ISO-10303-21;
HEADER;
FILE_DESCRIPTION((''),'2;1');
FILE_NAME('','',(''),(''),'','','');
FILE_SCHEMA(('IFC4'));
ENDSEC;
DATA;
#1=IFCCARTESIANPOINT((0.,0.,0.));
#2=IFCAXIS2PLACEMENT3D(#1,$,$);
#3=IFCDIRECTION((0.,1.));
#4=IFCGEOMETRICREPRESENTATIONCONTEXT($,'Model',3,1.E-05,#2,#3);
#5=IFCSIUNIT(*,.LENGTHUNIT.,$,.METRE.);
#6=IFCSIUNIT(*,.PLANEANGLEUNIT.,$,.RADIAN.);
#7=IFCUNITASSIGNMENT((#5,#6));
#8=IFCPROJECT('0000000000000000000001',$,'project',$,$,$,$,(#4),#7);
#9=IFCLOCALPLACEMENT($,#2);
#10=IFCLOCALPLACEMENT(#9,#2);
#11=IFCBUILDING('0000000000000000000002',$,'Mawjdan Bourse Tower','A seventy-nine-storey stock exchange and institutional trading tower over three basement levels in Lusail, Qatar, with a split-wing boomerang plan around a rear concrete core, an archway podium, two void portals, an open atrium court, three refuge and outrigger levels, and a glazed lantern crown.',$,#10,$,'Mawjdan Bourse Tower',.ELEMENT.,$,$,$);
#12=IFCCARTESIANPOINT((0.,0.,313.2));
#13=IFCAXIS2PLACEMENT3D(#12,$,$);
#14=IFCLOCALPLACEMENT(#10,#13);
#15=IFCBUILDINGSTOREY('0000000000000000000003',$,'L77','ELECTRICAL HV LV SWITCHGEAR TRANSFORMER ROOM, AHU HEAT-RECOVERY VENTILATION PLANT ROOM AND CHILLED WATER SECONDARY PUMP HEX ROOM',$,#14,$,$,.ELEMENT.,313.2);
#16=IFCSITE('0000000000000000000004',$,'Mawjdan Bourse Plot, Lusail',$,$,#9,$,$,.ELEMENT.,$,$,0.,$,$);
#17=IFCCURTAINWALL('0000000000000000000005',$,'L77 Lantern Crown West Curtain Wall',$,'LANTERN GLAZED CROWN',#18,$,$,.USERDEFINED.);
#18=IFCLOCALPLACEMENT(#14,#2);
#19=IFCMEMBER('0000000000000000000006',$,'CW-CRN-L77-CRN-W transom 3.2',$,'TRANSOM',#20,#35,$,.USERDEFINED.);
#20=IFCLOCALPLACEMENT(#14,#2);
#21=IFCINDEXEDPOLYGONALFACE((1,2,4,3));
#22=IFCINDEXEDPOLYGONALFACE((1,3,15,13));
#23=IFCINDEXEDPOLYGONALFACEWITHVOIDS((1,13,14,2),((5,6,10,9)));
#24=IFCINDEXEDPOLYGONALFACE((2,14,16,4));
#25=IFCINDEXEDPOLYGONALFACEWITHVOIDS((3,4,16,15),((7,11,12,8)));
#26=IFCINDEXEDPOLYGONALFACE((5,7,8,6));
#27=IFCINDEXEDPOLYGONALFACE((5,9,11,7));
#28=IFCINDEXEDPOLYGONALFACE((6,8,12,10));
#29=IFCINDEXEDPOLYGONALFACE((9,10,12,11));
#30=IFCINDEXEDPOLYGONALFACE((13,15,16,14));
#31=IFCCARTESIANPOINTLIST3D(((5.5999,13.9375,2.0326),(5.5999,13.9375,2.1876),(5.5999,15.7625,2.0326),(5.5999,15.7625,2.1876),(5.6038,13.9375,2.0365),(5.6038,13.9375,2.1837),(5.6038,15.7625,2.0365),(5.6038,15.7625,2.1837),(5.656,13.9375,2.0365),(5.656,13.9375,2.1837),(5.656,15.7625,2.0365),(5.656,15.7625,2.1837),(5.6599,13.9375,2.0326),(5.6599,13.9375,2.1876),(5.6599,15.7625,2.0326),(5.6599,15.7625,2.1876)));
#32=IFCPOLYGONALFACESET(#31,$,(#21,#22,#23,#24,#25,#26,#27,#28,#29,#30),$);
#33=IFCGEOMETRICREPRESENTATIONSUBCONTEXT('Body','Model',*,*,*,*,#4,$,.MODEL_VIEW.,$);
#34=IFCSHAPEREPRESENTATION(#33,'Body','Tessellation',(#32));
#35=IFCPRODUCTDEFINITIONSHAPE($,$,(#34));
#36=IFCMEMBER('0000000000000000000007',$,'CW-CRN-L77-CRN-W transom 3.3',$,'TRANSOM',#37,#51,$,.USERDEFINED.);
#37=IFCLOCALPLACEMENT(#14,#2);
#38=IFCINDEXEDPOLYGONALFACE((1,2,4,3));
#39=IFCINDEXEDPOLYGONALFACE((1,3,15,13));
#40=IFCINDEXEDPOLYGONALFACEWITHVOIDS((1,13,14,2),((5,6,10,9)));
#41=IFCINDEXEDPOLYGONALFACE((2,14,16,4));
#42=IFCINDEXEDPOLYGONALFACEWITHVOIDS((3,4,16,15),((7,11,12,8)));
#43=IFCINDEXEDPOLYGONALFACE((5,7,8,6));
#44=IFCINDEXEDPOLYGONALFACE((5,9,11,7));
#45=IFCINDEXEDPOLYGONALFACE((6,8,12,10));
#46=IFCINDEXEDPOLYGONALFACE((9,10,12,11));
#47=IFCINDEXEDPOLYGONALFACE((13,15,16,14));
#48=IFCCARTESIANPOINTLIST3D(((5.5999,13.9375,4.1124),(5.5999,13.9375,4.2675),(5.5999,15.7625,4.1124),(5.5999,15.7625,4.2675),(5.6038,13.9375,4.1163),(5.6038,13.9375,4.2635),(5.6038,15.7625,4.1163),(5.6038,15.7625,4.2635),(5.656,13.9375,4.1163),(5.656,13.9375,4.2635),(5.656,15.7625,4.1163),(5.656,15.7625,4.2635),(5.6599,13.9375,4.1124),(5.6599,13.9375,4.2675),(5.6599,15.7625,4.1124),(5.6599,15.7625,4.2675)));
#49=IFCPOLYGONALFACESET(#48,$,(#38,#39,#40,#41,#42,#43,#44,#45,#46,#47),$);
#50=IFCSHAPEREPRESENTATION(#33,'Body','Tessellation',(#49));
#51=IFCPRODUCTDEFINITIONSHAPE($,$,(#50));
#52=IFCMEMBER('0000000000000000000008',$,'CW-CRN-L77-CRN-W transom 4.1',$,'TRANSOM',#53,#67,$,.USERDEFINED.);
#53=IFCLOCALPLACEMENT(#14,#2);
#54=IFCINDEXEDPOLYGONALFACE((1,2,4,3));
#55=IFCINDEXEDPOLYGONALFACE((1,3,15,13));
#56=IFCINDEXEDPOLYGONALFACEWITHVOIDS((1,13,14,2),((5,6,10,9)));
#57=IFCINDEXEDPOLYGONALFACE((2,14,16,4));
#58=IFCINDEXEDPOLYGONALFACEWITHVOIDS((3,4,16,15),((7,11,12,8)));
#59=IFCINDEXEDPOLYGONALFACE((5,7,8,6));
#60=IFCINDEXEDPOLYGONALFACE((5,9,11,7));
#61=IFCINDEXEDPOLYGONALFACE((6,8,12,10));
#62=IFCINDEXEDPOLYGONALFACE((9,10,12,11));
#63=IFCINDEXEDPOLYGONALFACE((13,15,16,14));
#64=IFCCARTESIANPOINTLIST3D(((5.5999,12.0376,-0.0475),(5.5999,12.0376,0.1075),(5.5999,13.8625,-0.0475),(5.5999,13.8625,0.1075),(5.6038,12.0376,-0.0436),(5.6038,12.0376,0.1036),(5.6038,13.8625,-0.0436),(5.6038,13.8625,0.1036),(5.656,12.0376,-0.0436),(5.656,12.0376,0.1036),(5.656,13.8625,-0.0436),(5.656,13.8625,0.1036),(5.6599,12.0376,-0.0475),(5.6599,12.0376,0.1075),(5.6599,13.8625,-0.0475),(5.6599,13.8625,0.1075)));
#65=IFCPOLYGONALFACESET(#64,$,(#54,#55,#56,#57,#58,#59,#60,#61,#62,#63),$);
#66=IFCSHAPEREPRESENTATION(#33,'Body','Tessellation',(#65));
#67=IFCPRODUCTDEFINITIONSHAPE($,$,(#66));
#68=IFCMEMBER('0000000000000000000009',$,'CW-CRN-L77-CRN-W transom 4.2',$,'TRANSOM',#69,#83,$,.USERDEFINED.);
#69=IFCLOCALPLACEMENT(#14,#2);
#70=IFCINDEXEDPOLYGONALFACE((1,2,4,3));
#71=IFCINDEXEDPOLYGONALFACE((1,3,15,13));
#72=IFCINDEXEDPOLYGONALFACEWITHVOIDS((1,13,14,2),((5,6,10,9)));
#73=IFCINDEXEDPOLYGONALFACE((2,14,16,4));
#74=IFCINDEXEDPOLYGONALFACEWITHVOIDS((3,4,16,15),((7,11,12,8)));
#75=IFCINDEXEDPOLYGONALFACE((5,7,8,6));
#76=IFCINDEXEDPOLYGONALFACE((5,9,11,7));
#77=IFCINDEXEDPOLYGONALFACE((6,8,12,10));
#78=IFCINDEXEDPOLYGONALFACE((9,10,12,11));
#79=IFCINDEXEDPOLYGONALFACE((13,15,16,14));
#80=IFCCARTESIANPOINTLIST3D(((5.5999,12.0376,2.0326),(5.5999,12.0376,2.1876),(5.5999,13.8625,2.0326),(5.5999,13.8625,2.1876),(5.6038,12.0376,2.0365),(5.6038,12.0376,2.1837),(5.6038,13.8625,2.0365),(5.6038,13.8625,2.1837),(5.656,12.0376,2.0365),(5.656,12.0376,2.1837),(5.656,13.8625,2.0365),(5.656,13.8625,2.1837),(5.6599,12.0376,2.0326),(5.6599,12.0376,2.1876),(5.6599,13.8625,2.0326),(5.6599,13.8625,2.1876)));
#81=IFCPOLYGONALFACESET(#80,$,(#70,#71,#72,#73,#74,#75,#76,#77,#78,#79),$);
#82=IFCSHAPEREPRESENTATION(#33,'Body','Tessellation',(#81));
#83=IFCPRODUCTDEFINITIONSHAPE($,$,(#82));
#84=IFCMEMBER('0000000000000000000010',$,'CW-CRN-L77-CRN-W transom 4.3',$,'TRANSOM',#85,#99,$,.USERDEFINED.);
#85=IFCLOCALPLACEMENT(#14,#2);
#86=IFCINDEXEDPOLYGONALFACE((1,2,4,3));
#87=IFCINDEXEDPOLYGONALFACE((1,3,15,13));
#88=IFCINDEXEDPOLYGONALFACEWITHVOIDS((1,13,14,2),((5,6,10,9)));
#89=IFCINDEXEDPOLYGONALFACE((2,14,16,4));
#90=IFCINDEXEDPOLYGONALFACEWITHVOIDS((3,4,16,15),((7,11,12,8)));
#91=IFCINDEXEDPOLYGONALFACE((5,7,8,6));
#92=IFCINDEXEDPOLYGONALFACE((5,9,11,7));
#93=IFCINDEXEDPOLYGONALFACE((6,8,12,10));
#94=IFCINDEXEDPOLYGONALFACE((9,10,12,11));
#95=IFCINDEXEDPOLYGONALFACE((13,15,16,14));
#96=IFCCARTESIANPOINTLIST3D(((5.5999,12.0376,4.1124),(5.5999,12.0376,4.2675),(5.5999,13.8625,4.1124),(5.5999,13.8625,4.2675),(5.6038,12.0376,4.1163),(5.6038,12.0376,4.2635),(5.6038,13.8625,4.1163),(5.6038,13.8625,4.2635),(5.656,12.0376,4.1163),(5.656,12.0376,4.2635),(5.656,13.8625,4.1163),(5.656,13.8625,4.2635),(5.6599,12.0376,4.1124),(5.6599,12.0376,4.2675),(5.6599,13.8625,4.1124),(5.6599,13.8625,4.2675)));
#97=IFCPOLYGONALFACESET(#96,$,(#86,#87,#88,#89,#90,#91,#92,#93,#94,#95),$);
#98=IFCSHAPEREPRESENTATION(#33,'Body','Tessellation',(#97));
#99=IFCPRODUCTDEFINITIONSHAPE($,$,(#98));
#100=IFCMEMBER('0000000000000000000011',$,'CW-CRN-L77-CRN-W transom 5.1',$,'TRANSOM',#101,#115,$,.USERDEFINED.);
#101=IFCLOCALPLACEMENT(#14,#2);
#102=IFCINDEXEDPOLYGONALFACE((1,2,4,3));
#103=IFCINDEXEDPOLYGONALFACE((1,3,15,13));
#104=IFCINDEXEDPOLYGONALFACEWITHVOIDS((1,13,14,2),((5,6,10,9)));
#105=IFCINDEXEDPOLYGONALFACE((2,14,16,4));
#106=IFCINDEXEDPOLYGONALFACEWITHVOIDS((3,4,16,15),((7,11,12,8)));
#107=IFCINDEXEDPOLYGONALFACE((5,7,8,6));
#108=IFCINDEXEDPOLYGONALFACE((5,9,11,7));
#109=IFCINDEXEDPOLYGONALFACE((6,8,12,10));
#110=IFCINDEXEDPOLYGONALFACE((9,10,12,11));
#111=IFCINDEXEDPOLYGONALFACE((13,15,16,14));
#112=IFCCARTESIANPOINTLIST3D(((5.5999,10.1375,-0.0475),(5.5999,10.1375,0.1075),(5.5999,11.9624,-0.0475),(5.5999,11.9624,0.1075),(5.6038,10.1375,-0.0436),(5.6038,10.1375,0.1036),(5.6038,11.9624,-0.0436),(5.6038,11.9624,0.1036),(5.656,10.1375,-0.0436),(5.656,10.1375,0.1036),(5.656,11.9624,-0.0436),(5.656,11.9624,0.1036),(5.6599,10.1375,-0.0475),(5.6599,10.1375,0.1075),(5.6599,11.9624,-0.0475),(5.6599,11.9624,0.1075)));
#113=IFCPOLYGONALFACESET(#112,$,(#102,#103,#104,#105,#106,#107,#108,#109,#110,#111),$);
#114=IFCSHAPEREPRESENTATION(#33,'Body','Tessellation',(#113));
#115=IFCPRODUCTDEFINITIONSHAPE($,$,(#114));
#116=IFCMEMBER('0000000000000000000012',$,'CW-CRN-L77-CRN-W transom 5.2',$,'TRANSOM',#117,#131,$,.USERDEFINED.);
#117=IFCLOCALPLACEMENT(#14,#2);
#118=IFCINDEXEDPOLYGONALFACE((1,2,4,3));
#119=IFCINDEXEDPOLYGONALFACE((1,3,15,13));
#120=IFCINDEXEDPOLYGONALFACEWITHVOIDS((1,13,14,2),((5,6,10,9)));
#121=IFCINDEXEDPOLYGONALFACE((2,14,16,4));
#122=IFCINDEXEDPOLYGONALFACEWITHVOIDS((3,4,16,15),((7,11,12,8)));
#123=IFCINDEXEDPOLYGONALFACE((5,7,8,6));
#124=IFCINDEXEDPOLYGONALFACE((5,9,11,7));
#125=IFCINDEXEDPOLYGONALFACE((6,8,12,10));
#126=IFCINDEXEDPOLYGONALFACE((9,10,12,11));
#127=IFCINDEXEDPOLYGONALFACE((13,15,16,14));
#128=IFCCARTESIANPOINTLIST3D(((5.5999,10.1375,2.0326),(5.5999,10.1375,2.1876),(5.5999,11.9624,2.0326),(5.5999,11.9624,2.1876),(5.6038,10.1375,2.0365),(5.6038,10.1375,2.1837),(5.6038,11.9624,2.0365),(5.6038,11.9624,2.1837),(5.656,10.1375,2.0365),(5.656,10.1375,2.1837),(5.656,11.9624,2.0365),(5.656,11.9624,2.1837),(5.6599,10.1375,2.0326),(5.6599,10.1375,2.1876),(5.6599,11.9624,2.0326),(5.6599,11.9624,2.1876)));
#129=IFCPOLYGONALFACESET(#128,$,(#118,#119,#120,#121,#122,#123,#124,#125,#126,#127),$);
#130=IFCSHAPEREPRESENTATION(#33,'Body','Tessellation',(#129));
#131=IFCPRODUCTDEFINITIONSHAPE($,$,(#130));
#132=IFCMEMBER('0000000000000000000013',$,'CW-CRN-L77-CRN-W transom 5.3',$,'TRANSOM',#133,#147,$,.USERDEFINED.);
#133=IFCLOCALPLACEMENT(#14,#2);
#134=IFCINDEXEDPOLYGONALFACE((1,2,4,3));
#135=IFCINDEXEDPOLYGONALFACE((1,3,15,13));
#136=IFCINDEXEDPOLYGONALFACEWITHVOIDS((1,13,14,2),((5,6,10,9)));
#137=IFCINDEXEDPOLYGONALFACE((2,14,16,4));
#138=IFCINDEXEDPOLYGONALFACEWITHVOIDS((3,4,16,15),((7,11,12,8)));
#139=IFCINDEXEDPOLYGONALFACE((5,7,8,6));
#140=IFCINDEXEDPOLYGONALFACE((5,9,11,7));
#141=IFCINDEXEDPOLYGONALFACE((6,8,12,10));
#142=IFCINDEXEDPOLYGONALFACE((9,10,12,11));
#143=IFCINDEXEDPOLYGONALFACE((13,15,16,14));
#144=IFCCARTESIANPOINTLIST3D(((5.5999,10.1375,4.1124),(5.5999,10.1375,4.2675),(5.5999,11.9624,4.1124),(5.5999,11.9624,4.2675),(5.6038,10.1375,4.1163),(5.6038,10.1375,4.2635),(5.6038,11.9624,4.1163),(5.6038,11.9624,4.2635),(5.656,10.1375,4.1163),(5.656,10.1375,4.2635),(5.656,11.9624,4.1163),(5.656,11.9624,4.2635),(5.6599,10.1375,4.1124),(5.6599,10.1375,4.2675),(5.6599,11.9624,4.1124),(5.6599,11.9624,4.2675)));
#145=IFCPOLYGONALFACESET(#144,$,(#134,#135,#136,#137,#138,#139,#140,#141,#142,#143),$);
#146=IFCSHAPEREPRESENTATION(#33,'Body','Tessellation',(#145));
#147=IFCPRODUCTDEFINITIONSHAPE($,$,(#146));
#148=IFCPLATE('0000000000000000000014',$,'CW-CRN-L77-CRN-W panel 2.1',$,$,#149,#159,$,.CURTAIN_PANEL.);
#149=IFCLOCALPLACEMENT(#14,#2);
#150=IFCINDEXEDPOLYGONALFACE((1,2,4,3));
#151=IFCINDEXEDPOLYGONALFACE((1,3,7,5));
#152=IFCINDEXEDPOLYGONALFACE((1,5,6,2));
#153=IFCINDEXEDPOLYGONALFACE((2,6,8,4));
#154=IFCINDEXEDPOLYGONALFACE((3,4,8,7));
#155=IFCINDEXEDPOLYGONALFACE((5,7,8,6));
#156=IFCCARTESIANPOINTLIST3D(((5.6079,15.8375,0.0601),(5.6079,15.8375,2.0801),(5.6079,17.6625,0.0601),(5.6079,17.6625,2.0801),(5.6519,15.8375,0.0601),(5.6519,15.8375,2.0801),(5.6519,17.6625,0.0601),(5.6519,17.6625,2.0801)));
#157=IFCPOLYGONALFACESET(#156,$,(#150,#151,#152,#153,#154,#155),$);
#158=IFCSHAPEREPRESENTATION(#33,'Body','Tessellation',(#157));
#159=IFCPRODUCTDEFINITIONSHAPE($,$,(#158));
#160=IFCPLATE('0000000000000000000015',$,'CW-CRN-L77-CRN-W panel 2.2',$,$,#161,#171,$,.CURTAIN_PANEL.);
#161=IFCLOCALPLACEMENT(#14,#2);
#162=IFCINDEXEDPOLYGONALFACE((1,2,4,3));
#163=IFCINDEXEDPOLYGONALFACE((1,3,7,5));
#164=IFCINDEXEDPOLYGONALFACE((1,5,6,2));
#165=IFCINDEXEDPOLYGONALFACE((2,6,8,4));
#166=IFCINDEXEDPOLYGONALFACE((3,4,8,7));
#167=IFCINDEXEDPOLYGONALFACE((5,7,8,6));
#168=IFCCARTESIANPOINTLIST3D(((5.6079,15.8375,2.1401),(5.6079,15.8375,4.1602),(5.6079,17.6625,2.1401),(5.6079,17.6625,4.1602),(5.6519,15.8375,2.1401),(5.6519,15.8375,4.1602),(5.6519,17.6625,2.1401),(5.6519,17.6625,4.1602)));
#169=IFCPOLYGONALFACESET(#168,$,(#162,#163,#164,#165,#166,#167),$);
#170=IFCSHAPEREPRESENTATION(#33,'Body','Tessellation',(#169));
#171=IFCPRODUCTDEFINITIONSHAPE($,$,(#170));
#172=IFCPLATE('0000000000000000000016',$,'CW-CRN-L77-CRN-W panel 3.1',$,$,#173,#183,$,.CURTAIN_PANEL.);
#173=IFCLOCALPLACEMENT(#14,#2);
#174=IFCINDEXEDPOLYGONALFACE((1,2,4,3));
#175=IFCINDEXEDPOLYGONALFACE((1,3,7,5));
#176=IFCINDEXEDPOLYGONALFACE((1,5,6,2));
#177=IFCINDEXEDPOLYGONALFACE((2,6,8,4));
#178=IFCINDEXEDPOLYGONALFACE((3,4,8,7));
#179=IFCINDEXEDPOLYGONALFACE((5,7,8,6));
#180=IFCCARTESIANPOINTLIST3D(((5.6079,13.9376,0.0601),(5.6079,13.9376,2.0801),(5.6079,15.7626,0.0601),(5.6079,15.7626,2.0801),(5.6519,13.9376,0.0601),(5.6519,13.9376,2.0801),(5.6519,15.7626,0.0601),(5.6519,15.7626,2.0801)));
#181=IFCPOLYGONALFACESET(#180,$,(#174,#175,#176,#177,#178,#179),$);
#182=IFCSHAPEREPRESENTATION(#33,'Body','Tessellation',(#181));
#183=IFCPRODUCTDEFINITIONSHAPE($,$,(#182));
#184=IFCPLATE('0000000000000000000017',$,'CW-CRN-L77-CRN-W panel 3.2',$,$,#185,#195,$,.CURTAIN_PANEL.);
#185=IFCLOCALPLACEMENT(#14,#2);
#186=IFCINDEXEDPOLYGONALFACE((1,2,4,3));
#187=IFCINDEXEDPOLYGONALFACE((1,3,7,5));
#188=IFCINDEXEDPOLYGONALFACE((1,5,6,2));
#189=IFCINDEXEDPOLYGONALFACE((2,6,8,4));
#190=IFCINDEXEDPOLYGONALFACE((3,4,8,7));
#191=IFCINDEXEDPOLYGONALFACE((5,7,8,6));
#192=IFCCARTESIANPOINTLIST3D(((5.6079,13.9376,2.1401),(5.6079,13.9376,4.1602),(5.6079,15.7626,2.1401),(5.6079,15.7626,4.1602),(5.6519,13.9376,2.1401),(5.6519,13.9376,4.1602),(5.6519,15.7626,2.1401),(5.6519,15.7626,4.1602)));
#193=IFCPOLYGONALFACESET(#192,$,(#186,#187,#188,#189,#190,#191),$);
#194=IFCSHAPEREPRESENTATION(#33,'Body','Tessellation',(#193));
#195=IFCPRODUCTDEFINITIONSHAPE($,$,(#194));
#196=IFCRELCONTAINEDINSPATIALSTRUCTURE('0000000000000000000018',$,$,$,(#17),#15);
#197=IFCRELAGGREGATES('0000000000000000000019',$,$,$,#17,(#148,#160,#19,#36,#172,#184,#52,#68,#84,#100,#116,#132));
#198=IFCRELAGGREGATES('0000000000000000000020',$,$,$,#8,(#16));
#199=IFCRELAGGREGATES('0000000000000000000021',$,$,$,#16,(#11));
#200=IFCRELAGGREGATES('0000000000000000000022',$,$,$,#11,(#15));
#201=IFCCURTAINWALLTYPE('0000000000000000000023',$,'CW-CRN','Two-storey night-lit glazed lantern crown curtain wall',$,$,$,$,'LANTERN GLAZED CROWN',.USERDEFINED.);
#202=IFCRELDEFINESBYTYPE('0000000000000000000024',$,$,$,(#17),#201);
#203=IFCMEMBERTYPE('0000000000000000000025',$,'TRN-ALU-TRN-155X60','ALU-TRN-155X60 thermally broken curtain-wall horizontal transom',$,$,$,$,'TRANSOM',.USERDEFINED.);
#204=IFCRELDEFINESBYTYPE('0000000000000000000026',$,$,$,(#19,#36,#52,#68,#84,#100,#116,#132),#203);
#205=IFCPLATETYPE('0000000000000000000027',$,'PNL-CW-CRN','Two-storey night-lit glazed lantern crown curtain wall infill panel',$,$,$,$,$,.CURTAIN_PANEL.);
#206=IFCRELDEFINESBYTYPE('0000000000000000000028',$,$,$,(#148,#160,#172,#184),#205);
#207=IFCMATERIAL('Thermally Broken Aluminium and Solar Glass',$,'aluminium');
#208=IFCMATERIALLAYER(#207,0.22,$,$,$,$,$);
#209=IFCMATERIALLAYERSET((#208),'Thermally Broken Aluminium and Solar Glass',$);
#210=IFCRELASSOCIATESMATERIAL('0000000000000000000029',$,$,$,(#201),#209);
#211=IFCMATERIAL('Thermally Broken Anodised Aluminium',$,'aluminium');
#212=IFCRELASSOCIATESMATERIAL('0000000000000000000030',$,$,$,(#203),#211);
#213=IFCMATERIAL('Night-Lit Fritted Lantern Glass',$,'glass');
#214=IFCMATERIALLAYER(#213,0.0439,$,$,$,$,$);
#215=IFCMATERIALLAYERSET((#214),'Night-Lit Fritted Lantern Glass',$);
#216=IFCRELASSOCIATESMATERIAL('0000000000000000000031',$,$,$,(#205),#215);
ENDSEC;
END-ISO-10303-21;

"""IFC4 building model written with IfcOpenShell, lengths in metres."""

from ifc_helpers import new_model, si_unit, direction, frame, origin, origin_2d, place, context, subcontext, project, spatial, rectangle, hollow_rectangle, extrude, material, layer, layer_set, material_profile, profile_set, type_object, element, aggregate, save


model = new_model("IFC4")

# Units and contexts
model_context = context("Model", 3, precision=1e-05, world=origin(), true_north=direction((0.0, 1.0)))
body_context = subcontext(model_context, "Body", "Model", "MODEL_VIEW")
ifc_project = project(units=[si_unit("LENGTHUNIT", "METRE"), si_unit("PLANEANGLEUNIT", "RADIAN")], contexts=[model_context])

# Site, building, storey
site_placement = place(None, origin())
site = spatial("IfcSite", under=ifc_project, at=site_placement, Name="Mawjdan Bourse Plot, Lusail", CompositionType="ELEMENT", RefElevation=0.0)
building_placement = place(site_placement, origin())
building = spatial("IfcBuilding", under=site, at=building_placement, Name="Mawjdan Bourse Tower", Description="A seventy-nine-storey stock exchange and institutional trading tower over three basement levels in Lusail, Qatar, with a split-wing boomerang plan around a rear concrete core, an archway podium, two void portals, an open atrium court, three refuge and outrigger levels, and a glazed lantern crown.", LongName="Mawjdan Bourse Tower", CompositionType="ELEMENT")
storey_placement = place(building_placement, frame((0.0, 0.0, 313.2)))
storey = spatial("IfcBuildingStorey", under=building, at=storey_placement, Name="L77", Description="ELECTRICAL HV LV SWITCHGEAR TRANSFORMER ROOM, AHU HEAT-RECOVERY VENTILATION PLANT ROOM AND CHILLED WATER SECONDARY PUMP HEX ROOM", CompositionType="ELEMENT", Elevation=313.2)

# Curtain wall, members, plates
ifc_material_1 = material(Name="Thermally Broken Aluminium and Solar Glass", Category="aluminium")
ifc_layer_1 = layer(ifc_material_1, 0.22)
ifc_layer_set_1 = layer_set([ifc_layer_1], Name="Thermally Broken Aluminium and Solar Glass")
curtain_wall_type = type_object("IfcCurtainWallType", Name="CW-CRN", Description="Two-storey night-lit glazed lantern crown curtain wall", ElementType="LANTERN GLAZED CROWN", PredefinedType="USERDEFINED", material=ifc_layer_set_1)
curtain_wall_placement = place(storey_placement, origin())
curtain_wall = element("IfcCurtainWall", 1, at=curtain_wall_placement, inside=storey, type_object=curtain_wall_type, Name="L77 Lantern Crown West Curtain Wall", ObjectType="LANTERN GLAZED CROWN", PredefinedType="USERDEFINED")
ifc_material_2 = material(Name="Thermally Broken Anodised Aluminium", Category="aluminium")
ifc_material_profile_1 = material_profile(ifc_material_2, hollow_rectangle(XDim=0.0601, YDim=0.155, WallThickness=0.0039, at=origin_2d()), Name="ALU-TRN-155X60")
ifc_profile_set_1 = profile_set([ifc_material_profile_1], Name="Thermally Broken Anodised Aluminium")
member_type_1 = type_object("IfcMemberType", Name="TRN-ALU-TRN-155X60", Description="ALU-TRN-155X60 thermally broken curtain-wall horizontal transom", ElementType="TRANSOM", PredefinedType="USERDEFINED", material=ifc_profile_set_1)
member_1_placement = place(storey_placement, frame((5.6299, 15.7625, 2.1101), z_axis=(0.0, -1.0, 0.0), x_axis=(1.0, 0.0, 0.0)))
member_1 = element("IfcMember", 2, at=member_1_placement, type_object=member_type_1, Name="CW-CRN-L77-CRN-W transom 3.2", ObjectType="TRANSOM", PredefinedType="USERDEFINED", context=body_context, shape_type="SweptSolid", body=[
    extrude(hollow_rectangle(XDim=0.0601, YDim=0.155, WallThickness=0.0039, at=origin_2d()), origin(), (0.0, 0.0, 1.0), 1.825),
])
member_2_placement = place(storey_placement, frame((5.6299, 15.7625, 4.1899), z_axis=(0.0, -1.0, 0.0), x_axis=(1.0, 0.0, 0.0)))
member_2 = element("IfcMember", 3, at=member_2_placement, type_object=member_type_1, Name="CW-CRN-L77-CRN-W transom 3.3", ObjectType="TRANSOM", PredefinedType="USERDEFINED", context=body_context, shape_type="SweptSolid", body=[
    extrude(hollow_rectangle(XDim=0.0601, YDim=0.155, WallThickness=0.0039, at=origin_2d()), origin(), (0.0, 0.0, 1.0), 1.825),
])
member_3_placement = place(storey_placement, frame((5.6299, 13.8625, 0.03), z_axis=(0.0, -1.0, 0.0), x_axis=(1.0, 0.0, 0.0)))
member_3 = element("IfcMember", 4, at=member_3_placement, type_object=member_type_1, Name="CW-CRN-L77-CRN-W transom 4.1", ObjectType="TRANSOM", PredefinedType="USERDEFINED", context=body_context, shape_type="SweptSolid", body=[
    extrude(hollow_rectangle(XDim=0.0601, YDim=0.155, WallThickness=0.0039, at=origin_2d()), origin(), (0.0, 0.0, 1.0), 1.825),
])
member_4_placement = place(storey_placement, frame((5.6299, 13.8625, 2.1101), z_axis=(0.0, -1.0, 0.0), x_axis=(1.0, 0.0, 0.0)))
member_4 = element("IfcMember", 5, at=member_4_placement, type_object=member_type_1, Name="CW-CRN-L77-CRN-W transom 4.2", ObjectType="TRANSOM", PredefinedType="USERDEFINED", context=body_context, shape_type="SweptSolid", body=[
    extrude(hollow_rectangle(XDim=0.0601, YDim=0.155, WallThickness=0.0039, at=origin_2d()), origin(), (0.0, 0.0, 1.0), 1.825),
])
member_5_placement = place(storey_placement, frame((5.6299, 13.8625, 4.1899), z_axis=(0.0, -1.0, 0.0), x_axis=(1.0, 0.0, 0.0)))
member_5 = element("IfcMember", 6, at=member_5_placement, type_object=member_type_1, Name="CW-CRN-L77-CRN-W transom 4.3", ObjectType="TRANSOM", PredefinedType="USERDEFINED", context=body_context, shape_type="SweptSolid", body=[
    extrude(hollow_rectangle(XDim=0.0601, YDim=0.155, WallThickness=0.0039, at=origin_2d()), origin(), (0.0, 0.0, 1.0), 1.825),
])
member_6_placement = place(storey_placement, frame((5.6299, 11.9624, 0.03), z_axis=(0.0, -1.0, 0.0), x_axis=(1.0, 0.0, 0.0)))
member_6 = element("IfcMember", 7, at=member_6_placement, type_object=member_type_1, Name="CW-CRN-L77-CRN-W transom 5.1", ObjectType="TRANSOM", PredefinedType="USERDEFINED", context=body_context, shape_type="SweptSolid", body=[
    extrude(hollow_rectangle(XDim=0.0601, YDim=0.155, WallThickness=0.0039, at=origin_2d()), origin(), (0.0, 0.0, 1.0), 1.825),
])
member_7_placement = place(storey_placement, frame((5.6299, 11.9624, 2.1101), z_axis=(0.0, -1.0, 0.0), x_axis=(1.0, 0.0, 0.0)))
member_7 = element("IfcMember", 8, at=member_7_placement, type_object=member_type_1, Name="CW-CRN-L77-CRN-W transom 5.2", ObjectType="TRANSOM", PredefinedType="USERDEFINED", context=body_context, shape_type="SweptSolid", body=[
    extrude(hollow_rectangle(XDim=0.0601, YDim=0.155, WallThickness=0.0039, at=origin_2d()), origin(), (0.0, 0.0, 1.0), 1.825),
])
member_8_placement = place(storey_placement, frame((5.6299, 11.9624, 4.1899), z_axis=(0.0, -1.0, 0.0), x_axis=(1.0, 0.0, 0.0)))
member_8 = element("IfcMember", 9, at=member_8_placement, type_object=member_type_1, Name="CW-CRN-L77-CRN-W transom 5.3", ObjectType="TRANSOM", PredefinedType="USERDEFINED", context=body_context, shape_type="SweptSolid", body=[
    extrude(hollow_rectangle(XDim=0.0601, YDim=0.155, WallThickness=0.0039, at=origin_2d()), origin(), (0.0, 0.0, 1.0), 1.825),
])
ifc_material_3 = material(Name="Night-Lit Fritted Lantern Glass", Category="glass")
ifc_layer_2 = layer(ifc_material_3, 0.0439)
ifc_layer_set_2 = layer_set([ifc_layer_2], Name="Night-Lit Fritted Lantern Glass")
plate_type = type_object("IfcPlateType", Name="PNL-CW-CRN", Description="Two-storey night-lit glazed lantern crown curtain wall infill panel", PredefinedType="CURTAIN_PANEL", material=ifc_layer_set_2)
plate_1_placement = place(storey_placement, frame((5.6299, 16.75, 0.0601), z_axis=(0.0, 0.0, 1.0), x_axis=(0.0, -1.0, 0.0)))
plate_1 = element("IfcPlate", 10, at=plate_1_placement, type_object=plate_type, Name="CW-CRN-L77-CRN-W panel 2.1", PredefinedType="CURTAIN_PANEL", context=body_context, shape_type="SweptSolid", body=[
    extrude(rectangle(XDim=1.825, YDim=0.0439, at=origin_2d()), origin(), (0.0, 0.0, 1.0), 2.02),
])
plate_2_placement = place(storey_placement, frame((5.6299, 16.75, 2.1401), z_axis=(0.0, 0.0, 1.0), x_axis=(0.0, -1.0, 0.0)))
plate_2 = element("IfcPlate", 11, at=plate_2_placement, type_object=plate_type, Name="CW-CRN-L77-CRN-W panel 2.2", PredefinedType="CURTAIN_PANEL", context=body_context, shape_type="SweptSolid", body=[
    extrude(rectangle(XDim=1.825, YDim=0.0439, at=origin_2d()), origin(), (0.0, 0.0, 1.0), 2.02),
])
plate_3_placement = place(storey_placement, frame((5.6299, 14.8501, 0.0601), z_axis=(0.0, 0.0, 1.0), x_axis=(0.0, -1.0, 0.0)))
plate_3 = element("IfcPlate", 12, at=plate_3_placement, type_object=plate_type, Name="CW-CRN-L77-CRN-W panel 3.1", PredefinedType="CURTAIN_PANEL", context=body_context, shape_type="SweptSolid", body=[
    extrude(rectangle(XDim=1.825, YDim=0.0439, at=origin_2d()), origin(), (0.0, 0.0, 1.0), 2.02),
])
plate_4_placement = place(storey_placement, frame((5.6299, 14.8501, 2.1401), z_axis=(0.0, 0.0, 1.0), x_axis=(0.0, -1.0, 0.0)))
plate_4 = element("IfcPlate", 13, at=plate_4_placement, type_object=plate_type, Name="CW-CRN-L77-CRN-W panel 3.2", PredefinedType="CURTAIN_PANEL", context=body_context, shape_type="SweptSolid", body=[
    extrude(rectangle(XDim=1.825, YDim=0.0439, at=origin_2d()), origin(), (0.0, 0.0, 1.0), 2.02),
])
aggregate(curtain_wall, [plate_1, plate_2, member_1, member_2, plate_3, plate_4, member_3, member_4, member_5, member_6, member_7, member_8])

save(model, "model.ifc")
